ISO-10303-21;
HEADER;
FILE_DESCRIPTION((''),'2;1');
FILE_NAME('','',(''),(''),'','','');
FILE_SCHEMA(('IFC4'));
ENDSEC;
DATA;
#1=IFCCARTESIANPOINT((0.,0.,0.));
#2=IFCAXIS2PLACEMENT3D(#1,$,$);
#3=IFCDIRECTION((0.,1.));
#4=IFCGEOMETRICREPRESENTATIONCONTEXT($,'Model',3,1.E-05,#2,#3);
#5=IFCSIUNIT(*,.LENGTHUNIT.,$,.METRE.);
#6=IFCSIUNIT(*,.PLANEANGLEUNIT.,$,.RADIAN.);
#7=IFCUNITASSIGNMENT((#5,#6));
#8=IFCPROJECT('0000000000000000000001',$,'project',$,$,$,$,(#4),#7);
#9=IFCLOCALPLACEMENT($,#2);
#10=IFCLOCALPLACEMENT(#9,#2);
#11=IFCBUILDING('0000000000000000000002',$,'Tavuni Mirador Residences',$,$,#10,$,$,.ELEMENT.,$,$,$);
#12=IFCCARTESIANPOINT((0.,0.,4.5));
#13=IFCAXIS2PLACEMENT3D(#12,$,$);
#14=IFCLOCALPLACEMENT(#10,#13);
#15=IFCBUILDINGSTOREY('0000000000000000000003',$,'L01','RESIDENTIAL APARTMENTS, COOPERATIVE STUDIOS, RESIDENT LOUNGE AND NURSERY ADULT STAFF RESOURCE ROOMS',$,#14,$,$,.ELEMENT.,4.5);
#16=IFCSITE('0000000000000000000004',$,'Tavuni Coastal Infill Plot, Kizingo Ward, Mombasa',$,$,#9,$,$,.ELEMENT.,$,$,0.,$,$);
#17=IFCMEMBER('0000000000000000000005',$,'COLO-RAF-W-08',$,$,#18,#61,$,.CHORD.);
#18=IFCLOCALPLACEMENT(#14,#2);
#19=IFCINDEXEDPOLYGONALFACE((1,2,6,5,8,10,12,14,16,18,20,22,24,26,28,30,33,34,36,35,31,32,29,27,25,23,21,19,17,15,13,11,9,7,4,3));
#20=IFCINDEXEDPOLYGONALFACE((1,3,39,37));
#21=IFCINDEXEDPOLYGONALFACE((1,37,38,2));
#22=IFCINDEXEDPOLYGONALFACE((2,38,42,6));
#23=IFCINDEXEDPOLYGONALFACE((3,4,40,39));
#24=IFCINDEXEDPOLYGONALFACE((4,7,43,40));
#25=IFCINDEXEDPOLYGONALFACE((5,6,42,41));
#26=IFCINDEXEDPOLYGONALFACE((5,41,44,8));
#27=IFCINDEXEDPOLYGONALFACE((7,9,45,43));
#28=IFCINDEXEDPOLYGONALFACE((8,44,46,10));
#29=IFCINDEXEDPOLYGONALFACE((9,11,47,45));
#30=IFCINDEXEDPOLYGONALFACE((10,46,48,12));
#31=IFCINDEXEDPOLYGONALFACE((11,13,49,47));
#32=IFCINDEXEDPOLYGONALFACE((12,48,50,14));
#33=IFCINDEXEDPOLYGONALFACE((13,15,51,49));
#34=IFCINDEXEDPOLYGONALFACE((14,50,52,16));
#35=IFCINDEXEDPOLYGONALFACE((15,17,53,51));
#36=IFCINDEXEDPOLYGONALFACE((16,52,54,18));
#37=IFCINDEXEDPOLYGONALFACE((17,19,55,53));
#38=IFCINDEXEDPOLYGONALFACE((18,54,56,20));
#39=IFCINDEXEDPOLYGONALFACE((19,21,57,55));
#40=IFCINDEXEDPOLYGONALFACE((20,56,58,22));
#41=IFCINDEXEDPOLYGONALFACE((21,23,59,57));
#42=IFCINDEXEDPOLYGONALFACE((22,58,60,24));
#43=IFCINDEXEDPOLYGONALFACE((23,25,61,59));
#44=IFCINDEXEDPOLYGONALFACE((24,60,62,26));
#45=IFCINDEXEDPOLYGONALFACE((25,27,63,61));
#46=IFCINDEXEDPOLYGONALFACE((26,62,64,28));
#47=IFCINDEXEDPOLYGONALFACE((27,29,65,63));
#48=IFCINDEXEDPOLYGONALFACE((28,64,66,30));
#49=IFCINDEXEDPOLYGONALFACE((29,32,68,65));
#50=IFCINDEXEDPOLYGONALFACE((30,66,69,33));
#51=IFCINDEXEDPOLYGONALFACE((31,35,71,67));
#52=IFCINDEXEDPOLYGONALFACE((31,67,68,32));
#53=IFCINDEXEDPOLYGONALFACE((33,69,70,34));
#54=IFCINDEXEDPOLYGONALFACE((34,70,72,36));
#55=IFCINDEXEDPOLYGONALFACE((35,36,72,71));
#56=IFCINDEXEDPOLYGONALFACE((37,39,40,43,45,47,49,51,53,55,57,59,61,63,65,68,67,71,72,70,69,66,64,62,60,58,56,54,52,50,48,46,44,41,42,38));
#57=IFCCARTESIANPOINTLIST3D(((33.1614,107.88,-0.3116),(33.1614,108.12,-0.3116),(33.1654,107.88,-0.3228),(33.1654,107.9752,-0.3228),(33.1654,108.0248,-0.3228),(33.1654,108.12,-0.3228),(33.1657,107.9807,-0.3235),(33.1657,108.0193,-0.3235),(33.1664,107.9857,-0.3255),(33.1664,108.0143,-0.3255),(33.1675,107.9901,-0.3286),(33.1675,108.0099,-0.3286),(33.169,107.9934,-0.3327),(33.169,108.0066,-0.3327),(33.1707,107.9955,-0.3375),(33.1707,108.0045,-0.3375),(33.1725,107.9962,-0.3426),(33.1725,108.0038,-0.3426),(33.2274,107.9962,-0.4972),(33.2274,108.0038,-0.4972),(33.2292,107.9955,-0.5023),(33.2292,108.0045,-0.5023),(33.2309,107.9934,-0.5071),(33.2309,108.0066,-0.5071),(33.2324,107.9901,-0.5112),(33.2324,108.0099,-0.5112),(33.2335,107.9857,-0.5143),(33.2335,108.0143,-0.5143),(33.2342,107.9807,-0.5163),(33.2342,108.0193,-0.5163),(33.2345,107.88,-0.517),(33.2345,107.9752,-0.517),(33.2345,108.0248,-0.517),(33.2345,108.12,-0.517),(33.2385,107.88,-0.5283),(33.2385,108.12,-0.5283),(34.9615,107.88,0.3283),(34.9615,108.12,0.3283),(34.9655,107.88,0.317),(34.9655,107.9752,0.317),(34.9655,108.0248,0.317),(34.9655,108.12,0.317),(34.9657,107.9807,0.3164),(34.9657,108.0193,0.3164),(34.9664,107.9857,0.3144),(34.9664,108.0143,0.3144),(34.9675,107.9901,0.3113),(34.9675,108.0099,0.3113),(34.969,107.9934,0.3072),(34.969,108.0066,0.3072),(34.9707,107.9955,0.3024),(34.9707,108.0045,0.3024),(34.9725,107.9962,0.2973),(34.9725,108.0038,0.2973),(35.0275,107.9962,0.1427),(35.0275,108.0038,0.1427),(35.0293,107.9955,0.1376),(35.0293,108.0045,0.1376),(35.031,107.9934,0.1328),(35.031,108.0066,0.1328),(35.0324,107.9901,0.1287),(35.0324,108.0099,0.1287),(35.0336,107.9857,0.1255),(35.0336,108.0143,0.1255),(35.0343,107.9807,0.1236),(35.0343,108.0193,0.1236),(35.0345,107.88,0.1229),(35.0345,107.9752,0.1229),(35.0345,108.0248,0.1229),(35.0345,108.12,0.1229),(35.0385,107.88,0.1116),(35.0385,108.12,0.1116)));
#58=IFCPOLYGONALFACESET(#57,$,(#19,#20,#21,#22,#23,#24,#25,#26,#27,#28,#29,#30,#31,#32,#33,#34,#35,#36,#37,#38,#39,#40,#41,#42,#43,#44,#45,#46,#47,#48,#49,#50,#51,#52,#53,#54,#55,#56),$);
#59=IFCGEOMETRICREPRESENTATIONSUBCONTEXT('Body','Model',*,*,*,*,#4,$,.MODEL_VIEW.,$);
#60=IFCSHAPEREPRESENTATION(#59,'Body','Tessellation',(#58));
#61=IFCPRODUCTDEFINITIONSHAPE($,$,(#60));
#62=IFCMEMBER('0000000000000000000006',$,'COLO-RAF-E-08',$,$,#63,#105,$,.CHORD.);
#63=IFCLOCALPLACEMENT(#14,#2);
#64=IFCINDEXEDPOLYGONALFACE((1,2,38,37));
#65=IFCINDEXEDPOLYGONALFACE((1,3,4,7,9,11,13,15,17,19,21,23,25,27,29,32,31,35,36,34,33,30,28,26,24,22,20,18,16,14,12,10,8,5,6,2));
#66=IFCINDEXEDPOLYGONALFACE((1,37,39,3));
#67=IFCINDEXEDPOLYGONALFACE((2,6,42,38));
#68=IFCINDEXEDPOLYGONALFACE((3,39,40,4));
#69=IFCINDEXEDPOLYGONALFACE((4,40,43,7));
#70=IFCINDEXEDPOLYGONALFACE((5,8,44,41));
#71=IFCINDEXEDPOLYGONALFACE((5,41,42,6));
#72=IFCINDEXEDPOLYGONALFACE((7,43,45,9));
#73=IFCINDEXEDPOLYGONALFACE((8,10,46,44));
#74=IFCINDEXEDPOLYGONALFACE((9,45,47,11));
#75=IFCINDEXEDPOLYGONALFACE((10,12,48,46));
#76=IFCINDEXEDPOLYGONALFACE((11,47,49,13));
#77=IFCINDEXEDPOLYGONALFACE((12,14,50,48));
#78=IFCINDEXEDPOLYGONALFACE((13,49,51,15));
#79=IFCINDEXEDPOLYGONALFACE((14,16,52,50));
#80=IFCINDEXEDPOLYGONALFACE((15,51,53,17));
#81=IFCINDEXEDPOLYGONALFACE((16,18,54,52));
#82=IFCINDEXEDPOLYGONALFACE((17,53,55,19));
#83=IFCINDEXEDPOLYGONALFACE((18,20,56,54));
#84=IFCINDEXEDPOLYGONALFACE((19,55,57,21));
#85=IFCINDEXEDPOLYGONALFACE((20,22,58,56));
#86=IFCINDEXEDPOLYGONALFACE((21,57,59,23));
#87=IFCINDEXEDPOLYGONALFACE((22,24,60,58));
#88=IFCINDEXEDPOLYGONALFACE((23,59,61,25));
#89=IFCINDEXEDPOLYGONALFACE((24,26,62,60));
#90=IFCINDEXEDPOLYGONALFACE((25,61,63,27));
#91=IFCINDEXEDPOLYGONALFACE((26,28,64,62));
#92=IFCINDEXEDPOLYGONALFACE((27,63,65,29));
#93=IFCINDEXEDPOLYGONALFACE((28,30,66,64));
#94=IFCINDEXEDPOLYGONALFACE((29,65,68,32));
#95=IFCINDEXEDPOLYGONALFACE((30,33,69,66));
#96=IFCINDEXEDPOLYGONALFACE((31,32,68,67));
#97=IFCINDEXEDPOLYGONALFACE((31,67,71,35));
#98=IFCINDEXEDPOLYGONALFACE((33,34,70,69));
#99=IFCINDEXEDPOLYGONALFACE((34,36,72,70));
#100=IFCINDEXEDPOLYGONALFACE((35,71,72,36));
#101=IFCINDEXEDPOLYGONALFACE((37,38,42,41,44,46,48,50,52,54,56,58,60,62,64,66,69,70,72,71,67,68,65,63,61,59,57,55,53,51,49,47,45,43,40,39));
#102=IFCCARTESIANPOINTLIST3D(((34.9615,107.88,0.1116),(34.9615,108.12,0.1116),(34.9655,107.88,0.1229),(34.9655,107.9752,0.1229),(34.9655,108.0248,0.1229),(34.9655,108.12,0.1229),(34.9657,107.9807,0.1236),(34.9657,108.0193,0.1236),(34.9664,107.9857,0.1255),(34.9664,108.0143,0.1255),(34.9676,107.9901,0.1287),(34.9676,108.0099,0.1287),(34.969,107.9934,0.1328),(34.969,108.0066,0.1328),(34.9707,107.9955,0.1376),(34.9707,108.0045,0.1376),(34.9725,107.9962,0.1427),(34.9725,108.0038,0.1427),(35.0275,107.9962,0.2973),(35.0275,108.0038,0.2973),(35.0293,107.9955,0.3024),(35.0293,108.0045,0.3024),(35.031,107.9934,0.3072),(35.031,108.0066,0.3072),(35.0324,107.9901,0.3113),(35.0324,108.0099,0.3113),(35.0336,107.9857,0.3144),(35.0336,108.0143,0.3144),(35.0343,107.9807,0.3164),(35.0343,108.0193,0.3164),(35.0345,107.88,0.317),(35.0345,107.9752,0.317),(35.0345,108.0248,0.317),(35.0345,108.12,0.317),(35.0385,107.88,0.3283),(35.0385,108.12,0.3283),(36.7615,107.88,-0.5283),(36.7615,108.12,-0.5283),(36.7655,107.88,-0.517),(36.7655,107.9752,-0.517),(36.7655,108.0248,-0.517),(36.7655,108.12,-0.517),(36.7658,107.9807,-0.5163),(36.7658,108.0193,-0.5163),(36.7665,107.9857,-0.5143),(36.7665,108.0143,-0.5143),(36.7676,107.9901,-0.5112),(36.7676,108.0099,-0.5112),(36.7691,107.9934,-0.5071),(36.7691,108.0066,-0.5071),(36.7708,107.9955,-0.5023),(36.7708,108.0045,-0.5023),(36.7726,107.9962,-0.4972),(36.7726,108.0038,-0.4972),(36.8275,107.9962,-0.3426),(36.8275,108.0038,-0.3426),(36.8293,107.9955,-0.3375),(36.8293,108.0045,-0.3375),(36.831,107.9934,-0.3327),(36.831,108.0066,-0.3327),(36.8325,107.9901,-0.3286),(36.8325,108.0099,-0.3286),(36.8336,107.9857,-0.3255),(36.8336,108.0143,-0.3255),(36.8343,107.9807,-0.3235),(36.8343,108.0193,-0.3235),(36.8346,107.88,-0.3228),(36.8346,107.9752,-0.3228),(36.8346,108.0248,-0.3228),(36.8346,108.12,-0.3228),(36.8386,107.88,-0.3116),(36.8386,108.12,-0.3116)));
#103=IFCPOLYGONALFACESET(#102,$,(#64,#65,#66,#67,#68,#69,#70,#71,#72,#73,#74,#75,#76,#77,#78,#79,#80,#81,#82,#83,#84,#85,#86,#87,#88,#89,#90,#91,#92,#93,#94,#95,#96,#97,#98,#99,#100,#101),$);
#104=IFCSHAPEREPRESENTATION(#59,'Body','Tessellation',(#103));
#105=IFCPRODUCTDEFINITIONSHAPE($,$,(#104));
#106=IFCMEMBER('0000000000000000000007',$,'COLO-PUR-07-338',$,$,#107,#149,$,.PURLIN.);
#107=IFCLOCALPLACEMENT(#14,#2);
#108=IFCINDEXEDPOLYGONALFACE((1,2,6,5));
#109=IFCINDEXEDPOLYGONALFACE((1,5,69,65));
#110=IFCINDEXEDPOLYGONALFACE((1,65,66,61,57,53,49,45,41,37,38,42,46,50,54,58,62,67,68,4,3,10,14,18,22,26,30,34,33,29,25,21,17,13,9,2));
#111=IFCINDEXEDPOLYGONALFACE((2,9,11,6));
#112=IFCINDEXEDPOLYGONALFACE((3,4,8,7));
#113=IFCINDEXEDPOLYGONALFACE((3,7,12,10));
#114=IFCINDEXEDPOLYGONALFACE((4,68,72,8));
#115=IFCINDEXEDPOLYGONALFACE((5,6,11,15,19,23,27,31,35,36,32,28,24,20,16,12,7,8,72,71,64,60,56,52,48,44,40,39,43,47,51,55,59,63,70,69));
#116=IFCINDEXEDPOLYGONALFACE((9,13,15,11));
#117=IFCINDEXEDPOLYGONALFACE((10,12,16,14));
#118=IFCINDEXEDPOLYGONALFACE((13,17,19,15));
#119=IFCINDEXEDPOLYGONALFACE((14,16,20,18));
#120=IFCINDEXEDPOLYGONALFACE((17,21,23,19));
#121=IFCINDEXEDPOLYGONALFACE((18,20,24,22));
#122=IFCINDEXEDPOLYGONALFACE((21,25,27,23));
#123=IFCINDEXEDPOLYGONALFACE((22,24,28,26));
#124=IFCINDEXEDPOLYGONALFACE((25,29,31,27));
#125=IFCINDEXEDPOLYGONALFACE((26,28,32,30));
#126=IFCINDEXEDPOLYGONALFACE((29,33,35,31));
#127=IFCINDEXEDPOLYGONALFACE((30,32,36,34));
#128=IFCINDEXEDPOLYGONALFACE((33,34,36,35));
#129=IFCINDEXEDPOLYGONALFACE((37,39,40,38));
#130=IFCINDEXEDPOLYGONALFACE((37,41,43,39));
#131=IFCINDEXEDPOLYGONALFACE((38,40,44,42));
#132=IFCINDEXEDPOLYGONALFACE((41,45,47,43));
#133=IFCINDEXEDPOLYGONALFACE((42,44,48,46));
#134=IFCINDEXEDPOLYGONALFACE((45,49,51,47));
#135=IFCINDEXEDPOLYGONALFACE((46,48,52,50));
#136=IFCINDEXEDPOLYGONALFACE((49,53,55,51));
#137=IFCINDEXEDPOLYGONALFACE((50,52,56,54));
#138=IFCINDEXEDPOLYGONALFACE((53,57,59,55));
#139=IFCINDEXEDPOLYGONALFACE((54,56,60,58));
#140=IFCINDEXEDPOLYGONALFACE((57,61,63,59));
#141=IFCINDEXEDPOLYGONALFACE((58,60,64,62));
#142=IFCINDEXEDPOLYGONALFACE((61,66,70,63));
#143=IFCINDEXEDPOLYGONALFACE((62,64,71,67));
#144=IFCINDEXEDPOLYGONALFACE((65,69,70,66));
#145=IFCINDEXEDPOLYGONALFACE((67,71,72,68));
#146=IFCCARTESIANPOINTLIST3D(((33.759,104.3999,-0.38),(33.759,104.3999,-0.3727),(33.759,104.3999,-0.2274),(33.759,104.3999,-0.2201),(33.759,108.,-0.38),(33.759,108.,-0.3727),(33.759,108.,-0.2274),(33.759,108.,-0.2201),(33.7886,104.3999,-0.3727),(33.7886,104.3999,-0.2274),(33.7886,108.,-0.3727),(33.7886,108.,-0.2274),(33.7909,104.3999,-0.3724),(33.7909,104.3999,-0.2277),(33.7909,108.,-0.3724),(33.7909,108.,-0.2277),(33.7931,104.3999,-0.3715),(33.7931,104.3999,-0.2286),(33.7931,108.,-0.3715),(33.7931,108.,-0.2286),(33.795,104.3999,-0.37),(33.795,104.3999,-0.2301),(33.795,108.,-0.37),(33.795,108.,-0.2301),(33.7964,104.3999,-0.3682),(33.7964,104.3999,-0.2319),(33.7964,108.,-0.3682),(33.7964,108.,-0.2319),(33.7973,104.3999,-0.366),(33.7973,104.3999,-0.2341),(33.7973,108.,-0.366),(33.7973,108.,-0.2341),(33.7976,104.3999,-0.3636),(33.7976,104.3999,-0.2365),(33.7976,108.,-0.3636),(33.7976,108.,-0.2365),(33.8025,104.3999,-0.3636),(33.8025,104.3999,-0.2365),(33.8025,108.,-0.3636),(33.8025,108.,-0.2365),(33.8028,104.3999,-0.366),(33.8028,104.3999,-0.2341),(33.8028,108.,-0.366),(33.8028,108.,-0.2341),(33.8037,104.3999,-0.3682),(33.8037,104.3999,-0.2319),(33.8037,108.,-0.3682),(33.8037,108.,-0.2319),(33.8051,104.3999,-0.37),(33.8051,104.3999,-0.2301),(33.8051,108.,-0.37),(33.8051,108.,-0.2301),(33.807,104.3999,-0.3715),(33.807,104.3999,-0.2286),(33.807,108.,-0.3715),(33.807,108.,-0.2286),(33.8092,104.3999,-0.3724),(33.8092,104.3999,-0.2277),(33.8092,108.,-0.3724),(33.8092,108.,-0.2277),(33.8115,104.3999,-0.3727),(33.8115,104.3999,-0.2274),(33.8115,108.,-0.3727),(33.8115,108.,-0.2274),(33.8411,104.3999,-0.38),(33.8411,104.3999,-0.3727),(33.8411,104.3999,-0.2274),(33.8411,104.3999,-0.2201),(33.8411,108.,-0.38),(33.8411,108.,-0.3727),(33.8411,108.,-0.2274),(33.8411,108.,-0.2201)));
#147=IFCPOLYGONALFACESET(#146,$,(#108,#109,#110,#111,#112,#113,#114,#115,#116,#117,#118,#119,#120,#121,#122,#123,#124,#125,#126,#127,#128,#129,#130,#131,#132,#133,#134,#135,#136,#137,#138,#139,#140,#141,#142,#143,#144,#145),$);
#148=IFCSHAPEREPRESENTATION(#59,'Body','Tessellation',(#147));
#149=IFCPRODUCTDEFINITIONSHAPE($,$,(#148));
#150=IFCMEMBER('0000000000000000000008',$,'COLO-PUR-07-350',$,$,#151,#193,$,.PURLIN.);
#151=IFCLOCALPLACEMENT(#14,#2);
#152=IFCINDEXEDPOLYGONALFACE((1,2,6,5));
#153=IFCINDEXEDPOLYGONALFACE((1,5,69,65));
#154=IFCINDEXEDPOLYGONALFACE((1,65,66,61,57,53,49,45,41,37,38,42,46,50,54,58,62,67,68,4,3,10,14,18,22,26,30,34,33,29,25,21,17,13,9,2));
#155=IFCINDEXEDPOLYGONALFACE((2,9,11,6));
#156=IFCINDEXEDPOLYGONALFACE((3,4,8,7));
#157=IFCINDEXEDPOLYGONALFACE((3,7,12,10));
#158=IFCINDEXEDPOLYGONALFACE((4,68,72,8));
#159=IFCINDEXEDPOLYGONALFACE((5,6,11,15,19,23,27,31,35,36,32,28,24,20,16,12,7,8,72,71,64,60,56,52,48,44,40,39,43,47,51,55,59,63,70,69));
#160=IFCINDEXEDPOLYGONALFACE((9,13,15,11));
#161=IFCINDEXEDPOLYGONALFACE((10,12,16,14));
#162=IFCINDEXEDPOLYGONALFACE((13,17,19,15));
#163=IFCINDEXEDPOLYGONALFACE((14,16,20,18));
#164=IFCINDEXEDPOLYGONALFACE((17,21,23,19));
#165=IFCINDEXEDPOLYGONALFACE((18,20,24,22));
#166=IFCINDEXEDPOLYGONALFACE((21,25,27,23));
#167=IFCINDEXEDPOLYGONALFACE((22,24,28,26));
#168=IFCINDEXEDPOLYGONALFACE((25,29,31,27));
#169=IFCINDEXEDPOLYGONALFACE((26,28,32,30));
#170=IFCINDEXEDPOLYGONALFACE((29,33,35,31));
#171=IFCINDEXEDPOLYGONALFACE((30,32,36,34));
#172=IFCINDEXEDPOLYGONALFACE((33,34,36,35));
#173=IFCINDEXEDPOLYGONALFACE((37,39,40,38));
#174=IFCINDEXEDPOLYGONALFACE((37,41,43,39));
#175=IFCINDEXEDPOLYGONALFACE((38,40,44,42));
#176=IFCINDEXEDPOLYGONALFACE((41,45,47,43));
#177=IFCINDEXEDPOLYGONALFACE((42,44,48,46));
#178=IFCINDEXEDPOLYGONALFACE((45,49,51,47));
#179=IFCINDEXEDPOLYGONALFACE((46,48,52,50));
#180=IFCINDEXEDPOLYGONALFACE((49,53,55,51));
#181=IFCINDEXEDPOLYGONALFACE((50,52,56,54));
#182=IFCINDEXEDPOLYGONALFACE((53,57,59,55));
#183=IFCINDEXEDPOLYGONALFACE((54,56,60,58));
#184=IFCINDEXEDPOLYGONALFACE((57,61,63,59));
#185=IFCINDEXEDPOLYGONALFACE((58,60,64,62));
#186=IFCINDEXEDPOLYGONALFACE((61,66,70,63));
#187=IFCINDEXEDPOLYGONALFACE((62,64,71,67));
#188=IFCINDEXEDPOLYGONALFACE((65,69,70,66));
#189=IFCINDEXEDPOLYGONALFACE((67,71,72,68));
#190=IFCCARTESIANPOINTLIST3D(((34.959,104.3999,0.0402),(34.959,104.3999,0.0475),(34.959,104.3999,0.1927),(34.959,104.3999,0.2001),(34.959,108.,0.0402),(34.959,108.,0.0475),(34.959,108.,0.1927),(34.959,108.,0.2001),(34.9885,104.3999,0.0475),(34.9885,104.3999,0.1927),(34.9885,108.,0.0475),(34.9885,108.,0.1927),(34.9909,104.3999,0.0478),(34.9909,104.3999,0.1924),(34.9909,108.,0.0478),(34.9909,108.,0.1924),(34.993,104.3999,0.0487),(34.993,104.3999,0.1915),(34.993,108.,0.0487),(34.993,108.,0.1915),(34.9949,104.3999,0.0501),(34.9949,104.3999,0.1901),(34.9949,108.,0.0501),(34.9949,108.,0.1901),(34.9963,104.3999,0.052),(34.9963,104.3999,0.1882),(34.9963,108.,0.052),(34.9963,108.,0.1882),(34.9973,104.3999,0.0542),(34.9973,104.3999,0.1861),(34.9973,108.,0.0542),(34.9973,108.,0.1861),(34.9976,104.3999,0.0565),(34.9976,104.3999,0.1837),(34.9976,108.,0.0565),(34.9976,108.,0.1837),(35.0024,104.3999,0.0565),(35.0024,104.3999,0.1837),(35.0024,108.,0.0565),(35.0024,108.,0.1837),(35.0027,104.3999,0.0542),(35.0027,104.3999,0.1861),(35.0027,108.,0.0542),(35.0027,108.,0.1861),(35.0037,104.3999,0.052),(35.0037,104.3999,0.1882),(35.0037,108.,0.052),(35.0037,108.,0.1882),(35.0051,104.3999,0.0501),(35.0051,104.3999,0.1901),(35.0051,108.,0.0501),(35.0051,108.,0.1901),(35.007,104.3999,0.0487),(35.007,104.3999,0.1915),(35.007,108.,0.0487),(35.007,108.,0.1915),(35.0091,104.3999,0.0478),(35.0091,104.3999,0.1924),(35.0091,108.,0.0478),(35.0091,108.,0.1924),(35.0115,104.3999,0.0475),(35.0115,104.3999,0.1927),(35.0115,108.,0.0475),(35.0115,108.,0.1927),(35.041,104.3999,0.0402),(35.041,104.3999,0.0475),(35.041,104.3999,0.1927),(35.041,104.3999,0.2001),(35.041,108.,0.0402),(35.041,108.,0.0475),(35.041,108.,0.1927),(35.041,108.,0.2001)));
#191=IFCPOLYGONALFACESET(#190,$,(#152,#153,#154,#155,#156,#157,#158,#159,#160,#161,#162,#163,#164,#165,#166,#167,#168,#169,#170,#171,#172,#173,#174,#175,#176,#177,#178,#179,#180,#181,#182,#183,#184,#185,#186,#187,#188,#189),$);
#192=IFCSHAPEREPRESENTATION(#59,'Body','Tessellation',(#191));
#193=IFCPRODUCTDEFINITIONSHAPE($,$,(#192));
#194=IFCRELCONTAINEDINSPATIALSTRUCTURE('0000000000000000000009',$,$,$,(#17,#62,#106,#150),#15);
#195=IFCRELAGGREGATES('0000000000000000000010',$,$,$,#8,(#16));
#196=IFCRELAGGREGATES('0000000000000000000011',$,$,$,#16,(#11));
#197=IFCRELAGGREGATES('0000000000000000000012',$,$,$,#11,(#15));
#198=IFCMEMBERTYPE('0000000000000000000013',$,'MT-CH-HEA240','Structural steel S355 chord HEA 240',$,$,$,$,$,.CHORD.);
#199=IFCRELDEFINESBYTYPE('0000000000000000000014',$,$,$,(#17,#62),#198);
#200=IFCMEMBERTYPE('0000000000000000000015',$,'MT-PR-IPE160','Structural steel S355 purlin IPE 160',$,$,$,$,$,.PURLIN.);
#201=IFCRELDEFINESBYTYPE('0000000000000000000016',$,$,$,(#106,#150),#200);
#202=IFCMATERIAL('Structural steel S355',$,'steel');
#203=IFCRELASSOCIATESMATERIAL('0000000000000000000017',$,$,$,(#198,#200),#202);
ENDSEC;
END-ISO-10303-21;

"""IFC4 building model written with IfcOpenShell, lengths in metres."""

from ifc_helpers import new_model, si_unit, direction, frame, origin, origin_2d, place, context, subcontext, project, spatial, i_section, extrude, material, material_profile, profile_set, type_object, element, save


model = new_model("IFC4")

# Units and contexts
model_context = context("Model", 3, precision=1e-05, world=origin(), true_north=direction((0.0, 1.0)))
body_context = subcontext(model_context, "Body", "Model", "MODEL_VIEW")
ifc_project = project(units=[si_unit("LENGTHUNIT", "METRE"), si_unit("PLANEANGLEUNIT", "RADIAN")], contexts=[model_context])

# Site, building, storey
site_placement = place(None, origin())
site = spatial("IfcSite", under=ifc_project, at=site_placement, Name="Tavuni Coastal Infill Plot, Kizingo Ward, Mombasa", CompositionType="ELEMENT", RefElevation=0.0)
building_placement = place(site_placement, origin())
building = spatial("IfcBuilding", under=site, at=building_placement, Name="Tavuni Mirador Residences", CompositionType="ELEMENT")
storey_placement = place(building_placement, frame((0.0, 0.0, 4.5)))
storey = spatial("IfcBuildingStorey", under=building, at=storey_placement, Name="L01", Description="RESIDENTIAL APARTMENTS, COOPERATIVE STUDIOS, RESIDENT LOUNGE AND NURSERY ADULT STAFF RESOURCE ROOMS", CompositionType="ELEMENT", Elevation=4.5)

# Shared definitions
ifc_material_1 = material(Name="Structural steel S355", Category="steel")

# Members
ifc_material_profile_1 = material_profile(ifc_material_1, i_section(OverallWidth=0.24, OverallDepth=0.23, WebThickness=0.0076, FlangeThickness=0.012, FilletRadius=0.021, at=origin_2d()), Name="HEA 240", Category="steel")
ifc_profile_set_1 = profile_set([ifc_material_profile_1], Name="Structural steel S355")
member_type_1 = type_object("IfcMemberType", Name="MT-CH-HEA240", Description="Structural steel S355 chord HEA 240", PredefinedType="CHORD", material=ifc_profile_set_1)
for number, where, z_axis, x_axis, name in (
    (1, (33.2, 108.0, -0.4199), (0.942235, 0.0, 0.334952), (0.0, 1.0, 0.0), "COLO-RAF-W-08"),
    (2, (35.0, 108.0, 0.22), (0.942235, 0.0, -0.334952), (0.0, 1.0, 0.0), "COLO-RAF-E-08"),
):
    element("IfcMember", number, at=place(storey_placement, frame(where, z_axis=z_axis, x_axis=x_axis)), inside=storey, type_object=member_type_1, Name=name, PredefinedType="CHORD", context=body_context, shape_type="SweptSolid", body=[
        extrude(i_section(OverallWidth=0.24, OverallDepth=0.23, WebThickness=0.0076, FlangeThickness=0.012, FilletRadius=0.021, at=origin_2d()), origin(), (0.0, 0.0, 1.0), 1.9104),
    ])
ifc_material_profile_2 = material_profile(ifc_material_1, i_section(OverallWidth=0.082, OverallDepth=0.1599, WebThickness=0.0049, FlangeThickness=0.0073, FilletRadius=0.009, at=origin_2d()), Name="IPE 160", Category="steel")
ifc_profile_set_2 = profile_set([ifc_material_profile_2], Name="Structural steel S355")
member_type_2 = type_object("IfcMemberType", Name="MT-PR-IPE160", Description="Structural steel S355 purlin IPE 160", PredefinedType="PURLIN", material=ifc_profile_set_2)
for number, where, z_axis, x_axis, name in (
    (3, (33.8, 104.3999, -0.3), (0.0, 1.0, 0.0), (-1.0, 0.0, 0.0), "COLO-PUR-07-338"),
    (4, (35.0, 104.3999, 0.1201), (0.0, 1.0, 0.0), (-1.0, 0.0, 0.0), "COLO-PUR-07-350"),
):
    element("IfcMember", number, at=place(storey_placement, frame(where, z_axis=z_axis, x_axis=x_axis)), inside=storey, type_object=member_type_2, Name=name, PredefinedType="PURLIN", context=body_context, shape_type="SweptSolid", body=[
        extrude(i_section(OverallWidth=0.082, OverallDepth=0.1599, WebThickness=0.0049, FlangeThickness=0.0073, FilletRadius=0.009, at=origin_2d()), origin(), (0.0, 0.0, 1.0), 3.6001),
    ])

save(model, "model.ifc")
